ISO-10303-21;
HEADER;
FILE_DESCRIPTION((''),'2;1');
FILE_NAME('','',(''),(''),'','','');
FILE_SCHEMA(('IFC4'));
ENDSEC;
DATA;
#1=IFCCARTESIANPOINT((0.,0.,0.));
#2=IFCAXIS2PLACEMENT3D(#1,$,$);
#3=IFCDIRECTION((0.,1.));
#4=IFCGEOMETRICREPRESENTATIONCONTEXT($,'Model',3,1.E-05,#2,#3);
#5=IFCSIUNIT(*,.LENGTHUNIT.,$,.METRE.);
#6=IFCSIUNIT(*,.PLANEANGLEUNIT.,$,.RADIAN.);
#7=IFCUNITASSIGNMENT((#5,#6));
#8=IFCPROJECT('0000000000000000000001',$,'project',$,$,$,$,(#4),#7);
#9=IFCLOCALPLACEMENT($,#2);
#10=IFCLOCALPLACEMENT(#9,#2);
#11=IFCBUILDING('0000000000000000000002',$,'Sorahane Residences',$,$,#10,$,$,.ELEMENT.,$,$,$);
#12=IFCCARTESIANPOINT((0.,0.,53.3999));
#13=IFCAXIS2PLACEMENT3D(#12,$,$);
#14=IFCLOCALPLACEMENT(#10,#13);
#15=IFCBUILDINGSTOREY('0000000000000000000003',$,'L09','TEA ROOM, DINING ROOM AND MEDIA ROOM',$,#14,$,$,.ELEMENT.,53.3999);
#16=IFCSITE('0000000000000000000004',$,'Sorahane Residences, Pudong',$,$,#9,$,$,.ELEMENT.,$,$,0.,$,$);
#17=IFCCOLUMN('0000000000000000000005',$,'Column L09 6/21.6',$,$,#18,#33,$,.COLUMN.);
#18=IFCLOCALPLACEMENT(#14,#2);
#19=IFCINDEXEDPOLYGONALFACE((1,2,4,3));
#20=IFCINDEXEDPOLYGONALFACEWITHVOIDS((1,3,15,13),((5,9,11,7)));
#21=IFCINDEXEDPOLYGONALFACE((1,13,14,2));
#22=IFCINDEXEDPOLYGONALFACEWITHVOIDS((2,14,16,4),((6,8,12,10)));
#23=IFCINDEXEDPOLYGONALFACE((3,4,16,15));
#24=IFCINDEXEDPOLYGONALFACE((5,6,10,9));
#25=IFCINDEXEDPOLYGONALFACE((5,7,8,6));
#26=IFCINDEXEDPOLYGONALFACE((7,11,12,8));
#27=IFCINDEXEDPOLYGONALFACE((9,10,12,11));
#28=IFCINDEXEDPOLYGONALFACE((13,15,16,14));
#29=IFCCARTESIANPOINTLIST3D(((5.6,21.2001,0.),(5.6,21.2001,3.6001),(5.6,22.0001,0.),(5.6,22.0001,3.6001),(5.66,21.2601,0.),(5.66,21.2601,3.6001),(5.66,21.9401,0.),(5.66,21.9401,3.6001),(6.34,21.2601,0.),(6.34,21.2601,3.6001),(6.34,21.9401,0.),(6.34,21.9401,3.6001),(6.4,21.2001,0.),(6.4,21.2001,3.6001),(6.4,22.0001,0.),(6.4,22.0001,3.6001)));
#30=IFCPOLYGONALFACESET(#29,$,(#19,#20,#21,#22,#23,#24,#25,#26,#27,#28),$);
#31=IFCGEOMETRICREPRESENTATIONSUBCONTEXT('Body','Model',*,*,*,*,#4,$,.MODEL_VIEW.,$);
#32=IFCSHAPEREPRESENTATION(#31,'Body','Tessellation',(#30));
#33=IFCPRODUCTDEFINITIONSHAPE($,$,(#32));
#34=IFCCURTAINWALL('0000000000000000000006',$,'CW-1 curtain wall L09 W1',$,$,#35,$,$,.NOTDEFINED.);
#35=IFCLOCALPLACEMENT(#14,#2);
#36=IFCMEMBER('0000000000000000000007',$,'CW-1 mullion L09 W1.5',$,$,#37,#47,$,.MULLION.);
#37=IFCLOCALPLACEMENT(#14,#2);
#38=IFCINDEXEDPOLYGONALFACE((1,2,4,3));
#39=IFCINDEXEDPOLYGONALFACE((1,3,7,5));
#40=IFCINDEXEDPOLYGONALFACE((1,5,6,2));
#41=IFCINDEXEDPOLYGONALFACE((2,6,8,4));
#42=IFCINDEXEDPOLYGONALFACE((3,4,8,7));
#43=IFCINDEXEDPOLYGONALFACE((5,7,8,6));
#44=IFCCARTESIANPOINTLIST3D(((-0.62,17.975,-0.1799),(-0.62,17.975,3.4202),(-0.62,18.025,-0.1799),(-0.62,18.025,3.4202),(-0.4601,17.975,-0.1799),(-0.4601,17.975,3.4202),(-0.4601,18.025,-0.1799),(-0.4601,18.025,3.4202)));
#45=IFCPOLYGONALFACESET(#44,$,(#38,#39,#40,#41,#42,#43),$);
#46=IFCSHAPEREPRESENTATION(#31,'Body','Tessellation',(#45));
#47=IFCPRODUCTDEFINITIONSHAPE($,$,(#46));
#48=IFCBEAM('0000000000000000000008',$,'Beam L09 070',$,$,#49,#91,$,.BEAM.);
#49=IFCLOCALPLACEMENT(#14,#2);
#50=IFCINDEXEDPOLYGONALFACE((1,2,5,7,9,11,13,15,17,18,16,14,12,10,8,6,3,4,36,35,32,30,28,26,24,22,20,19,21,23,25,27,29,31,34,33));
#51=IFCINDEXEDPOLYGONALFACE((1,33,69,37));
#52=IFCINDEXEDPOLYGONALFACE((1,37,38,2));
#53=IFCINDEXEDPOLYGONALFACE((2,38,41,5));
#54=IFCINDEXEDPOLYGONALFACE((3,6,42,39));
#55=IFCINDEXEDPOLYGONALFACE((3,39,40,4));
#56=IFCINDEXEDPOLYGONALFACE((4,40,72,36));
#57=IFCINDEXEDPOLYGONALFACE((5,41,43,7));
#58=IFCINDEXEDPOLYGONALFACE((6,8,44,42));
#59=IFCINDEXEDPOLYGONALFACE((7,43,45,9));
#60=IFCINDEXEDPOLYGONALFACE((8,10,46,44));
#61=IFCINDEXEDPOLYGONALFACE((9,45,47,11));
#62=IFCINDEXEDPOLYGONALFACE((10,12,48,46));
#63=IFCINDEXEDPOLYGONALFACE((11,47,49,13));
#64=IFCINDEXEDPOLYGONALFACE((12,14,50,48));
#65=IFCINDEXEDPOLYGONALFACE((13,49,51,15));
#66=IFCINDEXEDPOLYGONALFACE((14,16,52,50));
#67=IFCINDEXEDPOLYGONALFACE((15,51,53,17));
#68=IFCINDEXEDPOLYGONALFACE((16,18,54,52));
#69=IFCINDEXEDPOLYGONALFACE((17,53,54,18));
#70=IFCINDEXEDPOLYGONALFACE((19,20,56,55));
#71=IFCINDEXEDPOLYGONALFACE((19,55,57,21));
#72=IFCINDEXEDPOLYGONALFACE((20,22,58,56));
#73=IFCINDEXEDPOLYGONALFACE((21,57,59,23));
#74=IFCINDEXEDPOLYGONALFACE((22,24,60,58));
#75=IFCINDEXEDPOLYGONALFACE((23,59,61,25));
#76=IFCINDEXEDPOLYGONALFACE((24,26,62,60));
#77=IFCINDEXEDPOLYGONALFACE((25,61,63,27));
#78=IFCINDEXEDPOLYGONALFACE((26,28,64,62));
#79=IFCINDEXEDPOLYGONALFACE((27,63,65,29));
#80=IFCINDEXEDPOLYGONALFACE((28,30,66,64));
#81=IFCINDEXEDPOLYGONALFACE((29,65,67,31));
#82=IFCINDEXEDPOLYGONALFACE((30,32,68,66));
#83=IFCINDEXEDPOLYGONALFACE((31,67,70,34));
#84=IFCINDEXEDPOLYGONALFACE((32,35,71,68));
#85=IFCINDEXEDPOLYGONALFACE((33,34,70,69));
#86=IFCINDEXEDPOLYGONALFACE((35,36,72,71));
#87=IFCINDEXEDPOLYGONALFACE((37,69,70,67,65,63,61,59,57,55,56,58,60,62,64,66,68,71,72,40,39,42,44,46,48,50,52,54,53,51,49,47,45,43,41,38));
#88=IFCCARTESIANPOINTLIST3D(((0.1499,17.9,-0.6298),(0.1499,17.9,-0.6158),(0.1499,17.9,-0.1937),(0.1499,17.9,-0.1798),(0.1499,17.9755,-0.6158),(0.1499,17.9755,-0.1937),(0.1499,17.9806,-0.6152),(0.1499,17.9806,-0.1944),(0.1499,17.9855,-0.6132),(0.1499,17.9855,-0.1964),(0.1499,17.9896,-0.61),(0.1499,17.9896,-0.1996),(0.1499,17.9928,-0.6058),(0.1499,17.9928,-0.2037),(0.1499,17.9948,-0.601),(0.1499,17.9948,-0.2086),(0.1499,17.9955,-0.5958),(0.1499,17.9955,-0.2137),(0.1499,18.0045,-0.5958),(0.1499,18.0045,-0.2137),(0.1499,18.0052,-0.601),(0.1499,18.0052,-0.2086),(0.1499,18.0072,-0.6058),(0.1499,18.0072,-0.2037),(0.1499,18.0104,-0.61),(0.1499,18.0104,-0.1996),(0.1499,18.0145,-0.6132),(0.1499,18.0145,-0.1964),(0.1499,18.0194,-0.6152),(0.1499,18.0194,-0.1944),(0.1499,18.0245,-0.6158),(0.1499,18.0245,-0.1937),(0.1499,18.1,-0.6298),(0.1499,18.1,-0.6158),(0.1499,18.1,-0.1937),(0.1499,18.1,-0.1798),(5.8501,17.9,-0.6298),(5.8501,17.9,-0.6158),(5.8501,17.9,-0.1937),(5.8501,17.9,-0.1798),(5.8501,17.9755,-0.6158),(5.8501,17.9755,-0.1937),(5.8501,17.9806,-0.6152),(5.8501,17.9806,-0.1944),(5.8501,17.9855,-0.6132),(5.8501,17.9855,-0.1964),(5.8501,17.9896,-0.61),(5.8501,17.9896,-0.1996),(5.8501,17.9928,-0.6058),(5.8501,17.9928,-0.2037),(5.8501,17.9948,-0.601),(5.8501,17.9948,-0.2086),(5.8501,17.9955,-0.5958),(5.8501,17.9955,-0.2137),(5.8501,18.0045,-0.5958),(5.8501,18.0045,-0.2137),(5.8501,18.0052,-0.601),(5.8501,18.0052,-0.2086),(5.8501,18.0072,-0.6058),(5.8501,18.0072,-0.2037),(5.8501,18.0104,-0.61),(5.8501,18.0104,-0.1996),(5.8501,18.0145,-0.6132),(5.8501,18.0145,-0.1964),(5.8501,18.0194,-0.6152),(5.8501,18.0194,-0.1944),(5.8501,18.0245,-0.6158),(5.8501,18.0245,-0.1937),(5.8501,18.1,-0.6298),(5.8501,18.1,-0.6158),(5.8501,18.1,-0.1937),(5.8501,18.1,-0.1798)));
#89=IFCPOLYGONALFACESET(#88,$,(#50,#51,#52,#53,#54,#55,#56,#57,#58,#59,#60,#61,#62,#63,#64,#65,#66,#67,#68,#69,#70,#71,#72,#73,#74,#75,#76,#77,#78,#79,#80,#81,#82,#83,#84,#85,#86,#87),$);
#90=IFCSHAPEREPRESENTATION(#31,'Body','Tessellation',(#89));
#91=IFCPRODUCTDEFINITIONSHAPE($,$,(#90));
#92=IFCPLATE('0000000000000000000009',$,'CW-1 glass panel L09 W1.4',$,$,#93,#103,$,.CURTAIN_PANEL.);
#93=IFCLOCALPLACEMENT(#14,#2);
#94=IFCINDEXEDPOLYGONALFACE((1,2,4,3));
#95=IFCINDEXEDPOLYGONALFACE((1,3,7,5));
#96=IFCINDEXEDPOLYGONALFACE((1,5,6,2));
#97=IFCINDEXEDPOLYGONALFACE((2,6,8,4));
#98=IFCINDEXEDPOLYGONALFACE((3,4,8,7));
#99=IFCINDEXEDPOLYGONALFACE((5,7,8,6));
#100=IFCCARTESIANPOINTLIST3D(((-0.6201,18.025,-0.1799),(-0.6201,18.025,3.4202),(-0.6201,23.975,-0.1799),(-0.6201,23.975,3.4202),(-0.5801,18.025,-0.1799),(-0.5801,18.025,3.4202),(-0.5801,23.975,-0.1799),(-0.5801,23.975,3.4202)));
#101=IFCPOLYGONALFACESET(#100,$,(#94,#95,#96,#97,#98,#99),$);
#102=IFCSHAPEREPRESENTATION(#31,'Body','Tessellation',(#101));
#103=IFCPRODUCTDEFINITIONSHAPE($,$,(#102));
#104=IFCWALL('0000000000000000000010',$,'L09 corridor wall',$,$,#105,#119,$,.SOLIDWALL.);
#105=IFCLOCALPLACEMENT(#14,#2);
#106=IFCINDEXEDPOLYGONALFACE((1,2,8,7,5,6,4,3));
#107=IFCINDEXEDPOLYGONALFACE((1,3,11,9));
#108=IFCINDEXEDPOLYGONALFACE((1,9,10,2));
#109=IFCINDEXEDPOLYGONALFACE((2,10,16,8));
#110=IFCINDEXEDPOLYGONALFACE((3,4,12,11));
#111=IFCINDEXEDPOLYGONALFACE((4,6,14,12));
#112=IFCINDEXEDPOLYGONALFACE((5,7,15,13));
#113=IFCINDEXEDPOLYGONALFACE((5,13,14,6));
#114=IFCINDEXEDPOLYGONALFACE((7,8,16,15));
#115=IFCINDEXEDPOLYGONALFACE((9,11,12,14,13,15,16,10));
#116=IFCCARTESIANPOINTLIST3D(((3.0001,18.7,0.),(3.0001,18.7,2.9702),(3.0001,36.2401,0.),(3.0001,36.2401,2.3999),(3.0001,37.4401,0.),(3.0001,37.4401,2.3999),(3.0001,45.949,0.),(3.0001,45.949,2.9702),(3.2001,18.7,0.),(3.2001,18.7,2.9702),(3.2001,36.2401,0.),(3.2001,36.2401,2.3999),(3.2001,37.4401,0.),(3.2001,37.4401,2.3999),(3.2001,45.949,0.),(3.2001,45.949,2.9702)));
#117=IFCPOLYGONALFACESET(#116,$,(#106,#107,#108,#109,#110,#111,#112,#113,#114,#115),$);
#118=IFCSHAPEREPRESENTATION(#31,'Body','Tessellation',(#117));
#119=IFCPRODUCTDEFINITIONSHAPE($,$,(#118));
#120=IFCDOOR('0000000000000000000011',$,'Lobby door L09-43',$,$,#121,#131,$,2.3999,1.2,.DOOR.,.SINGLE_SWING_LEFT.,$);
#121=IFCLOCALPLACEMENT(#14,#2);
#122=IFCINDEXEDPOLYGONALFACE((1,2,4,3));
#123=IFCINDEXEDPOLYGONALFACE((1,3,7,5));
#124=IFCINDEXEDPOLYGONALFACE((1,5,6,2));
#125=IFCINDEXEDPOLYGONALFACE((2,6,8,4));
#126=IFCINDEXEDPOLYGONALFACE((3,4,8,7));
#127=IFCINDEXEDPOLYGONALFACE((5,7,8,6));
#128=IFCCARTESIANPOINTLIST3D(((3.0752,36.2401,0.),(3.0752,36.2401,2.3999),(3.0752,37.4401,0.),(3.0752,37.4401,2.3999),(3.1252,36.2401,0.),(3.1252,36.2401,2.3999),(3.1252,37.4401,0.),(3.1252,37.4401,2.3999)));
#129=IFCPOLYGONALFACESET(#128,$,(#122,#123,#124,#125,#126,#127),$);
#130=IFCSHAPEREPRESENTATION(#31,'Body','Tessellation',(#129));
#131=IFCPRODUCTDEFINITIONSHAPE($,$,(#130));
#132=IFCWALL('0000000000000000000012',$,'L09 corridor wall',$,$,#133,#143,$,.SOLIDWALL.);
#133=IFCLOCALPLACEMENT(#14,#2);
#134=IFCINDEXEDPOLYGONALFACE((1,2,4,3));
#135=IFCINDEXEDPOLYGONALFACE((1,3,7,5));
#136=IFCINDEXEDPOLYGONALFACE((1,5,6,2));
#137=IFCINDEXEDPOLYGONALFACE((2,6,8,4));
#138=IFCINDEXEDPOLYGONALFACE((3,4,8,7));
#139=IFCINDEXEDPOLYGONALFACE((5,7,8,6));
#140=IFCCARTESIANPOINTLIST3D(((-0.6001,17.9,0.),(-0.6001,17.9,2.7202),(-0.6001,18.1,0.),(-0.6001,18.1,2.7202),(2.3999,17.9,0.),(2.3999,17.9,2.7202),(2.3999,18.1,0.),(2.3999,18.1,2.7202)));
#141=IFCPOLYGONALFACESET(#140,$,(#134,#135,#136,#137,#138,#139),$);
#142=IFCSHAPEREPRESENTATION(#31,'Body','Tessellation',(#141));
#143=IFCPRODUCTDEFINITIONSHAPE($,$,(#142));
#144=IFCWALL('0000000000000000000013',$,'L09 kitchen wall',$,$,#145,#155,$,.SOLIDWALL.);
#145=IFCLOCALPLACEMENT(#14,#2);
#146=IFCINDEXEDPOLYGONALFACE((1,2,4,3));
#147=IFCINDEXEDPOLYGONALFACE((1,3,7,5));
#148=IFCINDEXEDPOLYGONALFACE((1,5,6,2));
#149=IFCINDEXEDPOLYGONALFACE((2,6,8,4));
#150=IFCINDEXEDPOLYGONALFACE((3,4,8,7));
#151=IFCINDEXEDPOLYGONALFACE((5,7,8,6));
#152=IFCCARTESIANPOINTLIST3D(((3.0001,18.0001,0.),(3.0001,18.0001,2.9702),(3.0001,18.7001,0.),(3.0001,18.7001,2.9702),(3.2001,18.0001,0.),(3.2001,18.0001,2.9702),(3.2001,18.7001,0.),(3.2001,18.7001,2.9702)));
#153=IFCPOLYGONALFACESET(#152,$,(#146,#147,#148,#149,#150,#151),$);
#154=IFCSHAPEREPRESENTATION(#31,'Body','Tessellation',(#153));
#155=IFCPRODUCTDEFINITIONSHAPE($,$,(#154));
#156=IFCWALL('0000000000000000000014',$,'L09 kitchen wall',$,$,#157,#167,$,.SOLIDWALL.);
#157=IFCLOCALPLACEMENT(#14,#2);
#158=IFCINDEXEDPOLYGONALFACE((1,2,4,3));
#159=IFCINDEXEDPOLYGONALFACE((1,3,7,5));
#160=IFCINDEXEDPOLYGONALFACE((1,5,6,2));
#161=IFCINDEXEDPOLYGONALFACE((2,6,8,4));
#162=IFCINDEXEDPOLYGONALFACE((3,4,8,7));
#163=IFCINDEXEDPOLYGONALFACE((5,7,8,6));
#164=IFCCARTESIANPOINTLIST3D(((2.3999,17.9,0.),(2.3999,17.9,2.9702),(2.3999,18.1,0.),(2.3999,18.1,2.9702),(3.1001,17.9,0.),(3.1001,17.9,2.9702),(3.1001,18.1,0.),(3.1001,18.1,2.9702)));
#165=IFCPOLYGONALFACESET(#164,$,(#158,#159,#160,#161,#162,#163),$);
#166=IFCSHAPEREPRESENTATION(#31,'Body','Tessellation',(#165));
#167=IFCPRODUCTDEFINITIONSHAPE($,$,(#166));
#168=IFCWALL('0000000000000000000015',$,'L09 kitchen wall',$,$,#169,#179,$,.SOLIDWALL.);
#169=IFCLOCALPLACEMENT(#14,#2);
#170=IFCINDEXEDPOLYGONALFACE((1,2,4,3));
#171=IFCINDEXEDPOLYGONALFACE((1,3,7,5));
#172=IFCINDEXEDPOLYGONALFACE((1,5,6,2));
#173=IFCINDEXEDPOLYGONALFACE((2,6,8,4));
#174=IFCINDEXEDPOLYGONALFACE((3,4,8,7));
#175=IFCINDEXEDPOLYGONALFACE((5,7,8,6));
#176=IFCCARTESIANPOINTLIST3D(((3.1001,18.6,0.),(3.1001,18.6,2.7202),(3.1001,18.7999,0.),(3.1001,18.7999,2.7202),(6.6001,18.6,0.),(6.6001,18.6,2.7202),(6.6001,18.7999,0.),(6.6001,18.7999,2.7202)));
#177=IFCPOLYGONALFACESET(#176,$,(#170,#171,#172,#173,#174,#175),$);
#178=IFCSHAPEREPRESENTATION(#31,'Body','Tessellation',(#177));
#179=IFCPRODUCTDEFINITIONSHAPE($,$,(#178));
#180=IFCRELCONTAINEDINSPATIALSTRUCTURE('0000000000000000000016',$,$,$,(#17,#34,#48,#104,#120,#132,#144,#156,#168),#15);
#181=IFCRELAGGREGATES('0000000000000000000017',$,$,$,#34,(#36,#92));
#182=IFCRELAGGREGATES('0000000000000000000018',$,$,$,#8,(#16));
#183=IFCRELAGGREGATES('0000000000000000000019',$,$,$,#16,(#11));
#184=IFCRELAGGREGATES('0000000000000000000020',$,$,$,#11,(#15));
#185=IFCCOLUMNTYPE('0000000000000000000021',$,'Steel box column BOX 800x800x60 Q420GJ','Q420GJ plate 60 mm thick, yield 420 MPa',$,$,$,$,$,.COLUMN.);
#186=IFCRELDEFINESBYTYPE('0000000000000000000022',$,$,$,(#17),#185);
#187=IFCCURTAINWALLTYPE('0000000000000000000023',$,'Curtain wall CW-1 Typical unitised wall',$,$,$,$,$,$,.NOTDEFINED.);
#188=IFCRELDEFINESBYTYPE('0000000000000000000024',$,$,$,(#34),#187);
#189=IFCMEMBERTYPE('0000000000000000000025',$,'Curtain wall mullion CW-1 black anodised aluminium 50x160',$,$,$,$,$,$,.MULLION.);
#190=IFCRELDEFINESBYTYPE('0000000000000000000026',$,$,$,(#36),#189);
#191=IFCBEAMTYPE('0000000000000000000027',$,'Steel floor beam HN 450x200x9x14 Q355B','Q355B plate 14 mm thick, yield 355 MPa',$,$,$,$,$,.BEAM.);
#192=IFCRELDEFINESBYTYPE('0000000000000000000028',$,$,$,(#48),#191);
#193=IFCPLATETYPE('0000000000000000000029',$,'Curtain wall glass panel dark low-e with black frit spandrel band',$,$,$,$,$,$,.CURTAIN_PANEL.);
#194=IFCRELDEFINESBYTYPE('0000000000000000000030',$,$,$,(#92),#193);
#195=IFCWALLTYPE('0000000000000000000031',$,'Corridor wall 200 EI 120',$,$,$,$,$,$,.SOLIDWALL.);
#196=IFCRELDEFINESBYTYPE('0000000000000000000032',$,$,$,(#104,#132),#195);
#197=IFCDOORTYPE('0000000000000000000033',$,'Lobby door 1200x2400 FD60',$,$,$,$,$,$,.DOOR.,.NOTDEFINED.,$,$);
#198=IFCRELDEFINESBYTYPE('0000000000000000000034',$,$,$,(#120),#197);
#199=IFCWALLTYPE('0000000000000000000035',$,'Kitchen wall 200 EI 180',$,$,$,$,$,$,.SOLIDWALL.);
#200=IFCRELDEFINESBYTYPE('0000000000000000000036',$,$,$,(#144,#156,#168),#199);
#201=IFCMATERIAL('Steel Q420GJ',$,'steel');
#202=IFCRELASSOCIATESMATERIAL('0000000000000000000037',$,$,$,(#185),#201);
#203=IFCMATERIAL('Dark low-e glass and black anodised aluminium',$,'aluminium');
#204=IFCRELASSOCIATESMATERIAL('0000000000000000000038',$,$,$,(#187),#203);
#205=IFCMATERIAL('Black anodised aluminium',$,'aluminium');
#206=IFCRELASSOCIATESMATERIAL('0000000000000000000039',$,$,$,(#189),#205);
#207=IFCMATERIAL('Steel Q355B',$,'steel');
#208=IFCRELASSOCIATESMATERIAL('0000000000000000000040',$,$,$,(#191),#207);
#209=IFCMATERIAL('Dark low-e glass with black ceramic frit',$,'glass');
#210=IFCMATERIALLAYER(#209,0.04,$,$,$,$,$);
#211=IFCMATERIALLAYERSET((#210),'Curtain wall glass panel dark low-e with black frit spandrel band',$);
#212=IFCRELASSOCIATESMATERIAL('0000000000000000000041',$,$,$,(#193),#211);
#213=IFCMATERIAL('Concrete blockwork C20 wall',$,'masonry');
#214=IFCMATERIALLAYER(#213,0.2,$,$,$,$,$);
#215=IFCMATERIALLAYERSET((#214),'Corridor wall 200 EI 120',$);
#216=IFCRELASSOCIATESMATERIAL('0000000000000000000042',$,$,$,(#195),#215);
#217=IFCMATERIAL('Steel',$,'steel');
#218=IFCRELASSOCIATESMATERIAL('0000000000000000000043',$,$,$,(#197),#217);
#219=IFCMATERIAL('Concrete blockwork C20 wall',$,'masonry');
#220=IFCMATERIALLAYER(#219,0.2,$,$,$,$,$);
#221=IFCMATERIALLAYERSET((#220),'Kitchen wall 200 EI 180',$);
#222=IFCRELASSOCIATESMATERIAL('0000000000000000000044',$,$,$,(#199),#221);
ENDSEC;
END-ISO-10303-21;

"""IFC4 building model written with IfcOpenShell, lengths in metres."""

from ifc_helpers import new_model, si_unit, direction, frame, frame_2d, origin, origin_2d, place, context, subcontext, project, spatial, rectangle, hollow_rectangle, i_section, extrude, material, layer, layer_set, material_profile, profile_set, type_object, element, fill, aggregate, save


model = new_model("IFC4")

# Units and contexts
model_context = context("Model", 3, precision=1e-05, world=origin(), true_north=direction((0.0, 1.0)))
body_context = subcontext(model_context, "Body", "Model", "MODEL_VIEW")
ifc_project = project(units=[si_unit("LENGTHUNIT", "METRE"), si_unit("PLANEANGLEUNIT", "RADIAN")], contexts=[model_context])

# Site, building, storey
site_placement = place(None, origin())
site = spatial("IfcSite", under=ifc_project, at=site_placement, Name="Sorahane Residences, Pudong", CompositionType="ELEMENT", RefElevation=0.0)
building_placement = place(site_placement, origin())
building = spatial("IfcBuilding", under=site, at=building_placement, Name="Sorahane Residences", CompositionType="ELEMENT")
storey_placement = place(building_placement, frame((0.0, 0.0, 53.3999)))
storey = spatial("IfcBuildingStorey", under=building, at=storey_placement, Name="L09", Description="TEA ROOM, DINING ROOM AND MEDIA ROOM", CompositionType="ELEMENT", Elevation=53.3999)

# Column
ifc_material_1 = material(Name="Steel Q420GJ", Category="steel")
ifc_material_profile_1 = material_profile(ifc_material_1, hollow_rectangle(XDim=0.8, YDim=0.8, WallThickness=0.0601, at=origin_2d()), Name="BOX 800x800x60")
ifc_profile_set_1 = profile_set([ifc_material_profile_1], Name="Steel Q420GJ")
column_type = type_object("IfcColumnType", Name="Steel box column BOX 800x800x60 Q420GJ", Description="Q420GJ plate 60 mm thick, yield 420 MPa", PredefinedType="COLUMN", material=ifc_profile_set_1)
column_placement = place(storey_placement, frame((6.0, 21.6001, 0.0), z_axis=(0.0, 0.0, 1.0), x_axis=(1.0, 0.0, 0.0)))
element("IfcColumn", 1, at=column_placement, inside=storey, type_object=column_type, Name="Column L09 6/21.6", PredefinedType="COLUMN", context=body_context, shape_type="SweptSolid", body=[
    extrude(hollow_rectangle(XDim=0.8, YDim=0.8, WallThickness=0.0601, at=origin_2d()), origin(), (0.0, 0.0, 1.0), 3.6001),
])

# Curtain wall, member
ifc_material_2 = material(Name="Dark low-e glass and black anodised aluminium", Category="aluminium")
curtain_wall_type = type_object("IfcCurtainWallType", Name="Curtain wall CW-1 Typical unitised wall", PredefinedType="NOTDEFINED", material=ifc_material_2)
curtain_wall_placement = place(storey_placement, origin())
curtain_wall = element("IfcCurtainWall", 2, at=curtain_wall_placement, inside=storey, type_object=curtain_wall_type, Name="CW-1 curtain wall L09 W1", PredefinedType="NOTDEFINED")
ifc_material_3 = material(Name="Black anodised aluminium", Category="aluminium")
ifc_material_profile_2 = material_profile(ifc_material_3, rectangle(XDim=0.1599, YDim=0.05, at=origin_2d()), Name="Curtain wall mullion CW-1 black anodised aluminium 50x160")
ifc_profile_set_2 = profile_set([ifc_material_profile_2], Name="Black anodised aluminium")
member_type = type_object("IfcMemberType", Name="Curtain wall mullion CW-1 black anodised aluminium 50x160", PredefinedType="MULLION", material=ifc_profile_set_2)
member_placement = place(storey_placement, frame((-0.54, 18.0, -0.1799), z_axis=(0.0, 0.0, 1.0), x_axis=(-1.0, 0.0, 0.0)))
member = element("IfcMember", 3, at=member_placement, type_object=member_type, Name="CW-1 mullion L09 W1.5", PredefinedType="MULLION", context=body_context, shape_type="SweptSolid", body=[
    extrude(rectangle(XDim=0.1599, YDim=0.05, at=origin_2d()), origin(), (0.0, 0.0, 1.0), 3.6001),
])

# Beam
ifc_material_4 = material(Name="Steel Q355B", Category="steel")
ifc_material_profile_3 = material_profile(ifc_material_4, i_section(OverallWidth=0.2, OverallDepth=0.45, WebThickness=0.009, FlangeThickness=0.0139, FilletRadius=0.02, at=origin_2d()), Name="HN 450x200x9x14")
ifc_profile_set_3 = profile_set([ifc_material_profile_3], Name="Steel Q355B")
beam_type = type_object("IfcBeamType", Name="Steel floor beam HN 450x200x9x14 Q355B", Description="Q355B plate 14 mm thick, yield 355 MPa", PredefinedType="BEAM", material=ifc_profile_set_3)
beam_placement = place(storey_placement, frame((0.1499, 18.0, -0.4048), z_axis=(1.0, 0.0, 0.0), x_axis=(0.0, 1.0, 0.0)))
element("IfcBeam", 4, at=beam_placement, inside=storey, type_object=beam_type, Name="Beam L09 070", PredefinedType="BEAM", context=body_context, shape_type="SweptSolid", body=[
    extrude(i_section(OverallWidth=0.2, OverallDepth=0.45, WebThickness=0.009, FlangeThickness=0.0139, FilletRadius=0.02, at=origin_2d()), origin(), (0.0, 0.0, 1.0), 5.7002),
])

# Plate
ifc_material_5 = material(Name="Dark low-e glass with black ceramic frit", Category="glass")
ifc_layer_1 = layer(ifc_material_5, 0.04)
ifc_layer_set_1 = layer_set([ifc_layer_1], Name="Curtain wall glass panel dark low-e with black frit spandrel band")
plate_type = type_object("IfcPlateType", Name="Curtain wall glass panel dark low-e with black frit spandrel band", PredefinedType="CURTAIN_PANEL", material=ifc_layer_set_1)
plate_placement = place(storey_placement, frame((-0.6001, 21.0, -0.1799), z_axis=(0.0, 0.0, 1.0), x_axis=(0.0, -1.0, 0.0)))
plate = element("IfcPlate", 5, at=plate_placement, type_object=plate_type, Name="CW-1 glass panel L09 W1.4", PredefinedType="CURTAIN_PANEL", context=body_context, shape_type="SweptSolid", body=[
    extrude(rectangle(XDim=5.95, YDim=0.04, at=origin_2d()), origin(), (0.0, 0.0, 1.0), 3.6001),
])
aggregate(curtain_wall, [member, plate])

# Wall, opening, door
ifc_material_6 = material(Name="Concrete blockwork C20 wall", Category="masonry")
ifc_layer_2 = layer(ifc_material_6, 0.2)
ifc_layer_set_2 = layer_set([ifc_layer_2], Name="Corridor wall 200 EI 120")
wall_type_1 = type_object("IfcWallType", Name="Corridor wall 200 EI 120", PredefinedType="SOLIDWALL", material=ifc_layer_set_2)
wall_1_placement = place(storey_placement, frame((3.1001, 18.7, 0.0), z_axis=(0.0, 0.0, 1.0), x_axis=(0.0, 1.0, 0.0)))
wall_1 = element("IfcWall", 6, at=wall_1_placement, inside=storey, type_object=wall_type_1, Name="L09 corridor wall", PredefinedType="SOLIDWALL", context=body_context, shape_type="SweptSolid", body=[
    extrude(rectangle(XDim=27.249, YDim=0.2, at=frame_2d((13.6245, 0.0))), origin(), (0.0, 0.0, 1.0), 2.9702),
])
opening_1_placement = place(wall_1_placement, frame((17.54, 0.0, 0.0)))
opening_1 = element("IfcOpeningElement", 7, at=opening_1_placement, cuts=wall_1, PredefinedType="OPENING", context=body_context, shape_type="SweptSolid", body=[
    extrude(rectangle(XDim=1.2, YDim=2.3999, at=frame_2d((0.6001, 1.2))), frame((0.0, 0.1099, 0.0), z_axis=(0.0, -1.0, 0.0), x_axis=(1.0, 0.0, 0.0)), (0.0, 0.0, 1.0), 0.22),
])
ifc_material_7 = material(Name="Steel", Category="steel")
door_type_1 = type_object("IfcDoorType", Name="Lobby door 1200x2400 FD60", OperationType="NOTDEFINED", PredefinedType="DOOR", material=ifc_material_7)
door_1_placement = place(opening_1_placement, origin())
door_1 = element("IfcDoor", 8, at=door_1_placement, inside=storey, type_object=door_type_1, Name="Lobby door L09-43", OperationType="SINGLE_SWING_LEFT", OverallHeight=2.3999, OverallWidth=1.2, PredefinedType="DOOR", context=body_context, shape_type="SweptSolid", body=[
    extrude(rectangle(XDim=1.2, YDim=2.3999, at=frame_2d((0.6001, 1.2))), frame((0.0, 0.0249, 0.0), z_axis=(0.0, -1.0, 0.0), x_axis=(1.0, 0.0, 0.0)), (0.0, 0.0, 1.0), 0.05),
])
fill(opening_1, door_1)

# Walls
wall_2_placement = place(storey_placement, frame((-0.6001, 18.0, 0.0), z_axis=(0.0, 0.0, 1.0), x_axis=(1.0, 0.0, 0.0)))
element("IfcWall", 9, at=wall_2_placement, inside=storey, type_object=wall_type_1, Name="L09 corridor wall", PredefinedType="SOLIDWALL", context=body_context, shape_type="SweptSolid", body=[
    extrude(rectangle(XDim=3.0, YDim=0.2, at=frame_2d((1.5, 0.0))), origin(), (0.0, 0.0, 1.0), 2.7202),
])
ifc_material_8 = material(Name="Concrete blockwork C20 wall", Category="masonry")
ifc_layer_3 = layer(ifc_material_8, 0.2)
ifc_layer_set_3 = layer_set([ifc_layer_3], Name="Kitchen wall 200 EI 180")
wall_type_2 = type_object("IfcWallType", Name="Kitchen wall 200 EI 180", PredefinedType="SOLIDWALL", material=ifc_layer_set_3)
wall_3_placement = place(storey_placement, frame((3.1001, 18.0, 0.0), z_axis=(0.0, 0.0, 1.0), x_axis=(0.0, 1.0, 0.0)))
element("IfcWall", 10, at=wall_3_placement, inside=storey, type_object=wall_type_2, Name="L09 kitchen wall", PredefinedType="SOLIDWALL", context=body_context, shape_type="SweptSolid", body=[
    extrude(rectangle(XDim=0.7, YDim=0.2, at=frame_2d((0.3501, 0.0))), origin(), (0.0, 0.0, 1.0), 2.9702),
])
wall_4_placement = place(storey_placement, frame((2.3999, 18.0, 0.0), z_axis=(0.0, 0.0, 1.0), x_axis=(1.0, 0.0, 0.0)))
element("IfcWall", 11, at=wall_4_placement, inside=storey, type_object=wall_type_2, Name="L09 kitchen wall", PredefinedType="SOLIDWALL", context=body_context, shape_type="SweptSolid", body=[
    extrude(rectangle(XDim=0.7002, YDim=0.2, at=frame_2d((0.3501, 0.0))), origin(), (0.0, 0.0, 1.0), 2.9702),
])
wall_5_placement = place(storey_placement, frame((3.1001, 18.7, 0.0), z_axis=(0.0, 0.0, 1.0), x_axis=(1.0, 0.0, 0.0)))
element("IfcWall", 12, at=wall_5_placement, inside=storey, type_object=wall_type_2, Name="L09 kitchen wall", PredefinedType="SOLIDWALL", context=body_context, shape_type="SweptSolid", body=[
    extrude(rectangle(XDim=3.5, YDim=0.2, at=frame_2d((1.75, 0.0))), origin(), (0.0, 0.0, 1.0), 2.7202),
])

save(model, "model.ifc")
